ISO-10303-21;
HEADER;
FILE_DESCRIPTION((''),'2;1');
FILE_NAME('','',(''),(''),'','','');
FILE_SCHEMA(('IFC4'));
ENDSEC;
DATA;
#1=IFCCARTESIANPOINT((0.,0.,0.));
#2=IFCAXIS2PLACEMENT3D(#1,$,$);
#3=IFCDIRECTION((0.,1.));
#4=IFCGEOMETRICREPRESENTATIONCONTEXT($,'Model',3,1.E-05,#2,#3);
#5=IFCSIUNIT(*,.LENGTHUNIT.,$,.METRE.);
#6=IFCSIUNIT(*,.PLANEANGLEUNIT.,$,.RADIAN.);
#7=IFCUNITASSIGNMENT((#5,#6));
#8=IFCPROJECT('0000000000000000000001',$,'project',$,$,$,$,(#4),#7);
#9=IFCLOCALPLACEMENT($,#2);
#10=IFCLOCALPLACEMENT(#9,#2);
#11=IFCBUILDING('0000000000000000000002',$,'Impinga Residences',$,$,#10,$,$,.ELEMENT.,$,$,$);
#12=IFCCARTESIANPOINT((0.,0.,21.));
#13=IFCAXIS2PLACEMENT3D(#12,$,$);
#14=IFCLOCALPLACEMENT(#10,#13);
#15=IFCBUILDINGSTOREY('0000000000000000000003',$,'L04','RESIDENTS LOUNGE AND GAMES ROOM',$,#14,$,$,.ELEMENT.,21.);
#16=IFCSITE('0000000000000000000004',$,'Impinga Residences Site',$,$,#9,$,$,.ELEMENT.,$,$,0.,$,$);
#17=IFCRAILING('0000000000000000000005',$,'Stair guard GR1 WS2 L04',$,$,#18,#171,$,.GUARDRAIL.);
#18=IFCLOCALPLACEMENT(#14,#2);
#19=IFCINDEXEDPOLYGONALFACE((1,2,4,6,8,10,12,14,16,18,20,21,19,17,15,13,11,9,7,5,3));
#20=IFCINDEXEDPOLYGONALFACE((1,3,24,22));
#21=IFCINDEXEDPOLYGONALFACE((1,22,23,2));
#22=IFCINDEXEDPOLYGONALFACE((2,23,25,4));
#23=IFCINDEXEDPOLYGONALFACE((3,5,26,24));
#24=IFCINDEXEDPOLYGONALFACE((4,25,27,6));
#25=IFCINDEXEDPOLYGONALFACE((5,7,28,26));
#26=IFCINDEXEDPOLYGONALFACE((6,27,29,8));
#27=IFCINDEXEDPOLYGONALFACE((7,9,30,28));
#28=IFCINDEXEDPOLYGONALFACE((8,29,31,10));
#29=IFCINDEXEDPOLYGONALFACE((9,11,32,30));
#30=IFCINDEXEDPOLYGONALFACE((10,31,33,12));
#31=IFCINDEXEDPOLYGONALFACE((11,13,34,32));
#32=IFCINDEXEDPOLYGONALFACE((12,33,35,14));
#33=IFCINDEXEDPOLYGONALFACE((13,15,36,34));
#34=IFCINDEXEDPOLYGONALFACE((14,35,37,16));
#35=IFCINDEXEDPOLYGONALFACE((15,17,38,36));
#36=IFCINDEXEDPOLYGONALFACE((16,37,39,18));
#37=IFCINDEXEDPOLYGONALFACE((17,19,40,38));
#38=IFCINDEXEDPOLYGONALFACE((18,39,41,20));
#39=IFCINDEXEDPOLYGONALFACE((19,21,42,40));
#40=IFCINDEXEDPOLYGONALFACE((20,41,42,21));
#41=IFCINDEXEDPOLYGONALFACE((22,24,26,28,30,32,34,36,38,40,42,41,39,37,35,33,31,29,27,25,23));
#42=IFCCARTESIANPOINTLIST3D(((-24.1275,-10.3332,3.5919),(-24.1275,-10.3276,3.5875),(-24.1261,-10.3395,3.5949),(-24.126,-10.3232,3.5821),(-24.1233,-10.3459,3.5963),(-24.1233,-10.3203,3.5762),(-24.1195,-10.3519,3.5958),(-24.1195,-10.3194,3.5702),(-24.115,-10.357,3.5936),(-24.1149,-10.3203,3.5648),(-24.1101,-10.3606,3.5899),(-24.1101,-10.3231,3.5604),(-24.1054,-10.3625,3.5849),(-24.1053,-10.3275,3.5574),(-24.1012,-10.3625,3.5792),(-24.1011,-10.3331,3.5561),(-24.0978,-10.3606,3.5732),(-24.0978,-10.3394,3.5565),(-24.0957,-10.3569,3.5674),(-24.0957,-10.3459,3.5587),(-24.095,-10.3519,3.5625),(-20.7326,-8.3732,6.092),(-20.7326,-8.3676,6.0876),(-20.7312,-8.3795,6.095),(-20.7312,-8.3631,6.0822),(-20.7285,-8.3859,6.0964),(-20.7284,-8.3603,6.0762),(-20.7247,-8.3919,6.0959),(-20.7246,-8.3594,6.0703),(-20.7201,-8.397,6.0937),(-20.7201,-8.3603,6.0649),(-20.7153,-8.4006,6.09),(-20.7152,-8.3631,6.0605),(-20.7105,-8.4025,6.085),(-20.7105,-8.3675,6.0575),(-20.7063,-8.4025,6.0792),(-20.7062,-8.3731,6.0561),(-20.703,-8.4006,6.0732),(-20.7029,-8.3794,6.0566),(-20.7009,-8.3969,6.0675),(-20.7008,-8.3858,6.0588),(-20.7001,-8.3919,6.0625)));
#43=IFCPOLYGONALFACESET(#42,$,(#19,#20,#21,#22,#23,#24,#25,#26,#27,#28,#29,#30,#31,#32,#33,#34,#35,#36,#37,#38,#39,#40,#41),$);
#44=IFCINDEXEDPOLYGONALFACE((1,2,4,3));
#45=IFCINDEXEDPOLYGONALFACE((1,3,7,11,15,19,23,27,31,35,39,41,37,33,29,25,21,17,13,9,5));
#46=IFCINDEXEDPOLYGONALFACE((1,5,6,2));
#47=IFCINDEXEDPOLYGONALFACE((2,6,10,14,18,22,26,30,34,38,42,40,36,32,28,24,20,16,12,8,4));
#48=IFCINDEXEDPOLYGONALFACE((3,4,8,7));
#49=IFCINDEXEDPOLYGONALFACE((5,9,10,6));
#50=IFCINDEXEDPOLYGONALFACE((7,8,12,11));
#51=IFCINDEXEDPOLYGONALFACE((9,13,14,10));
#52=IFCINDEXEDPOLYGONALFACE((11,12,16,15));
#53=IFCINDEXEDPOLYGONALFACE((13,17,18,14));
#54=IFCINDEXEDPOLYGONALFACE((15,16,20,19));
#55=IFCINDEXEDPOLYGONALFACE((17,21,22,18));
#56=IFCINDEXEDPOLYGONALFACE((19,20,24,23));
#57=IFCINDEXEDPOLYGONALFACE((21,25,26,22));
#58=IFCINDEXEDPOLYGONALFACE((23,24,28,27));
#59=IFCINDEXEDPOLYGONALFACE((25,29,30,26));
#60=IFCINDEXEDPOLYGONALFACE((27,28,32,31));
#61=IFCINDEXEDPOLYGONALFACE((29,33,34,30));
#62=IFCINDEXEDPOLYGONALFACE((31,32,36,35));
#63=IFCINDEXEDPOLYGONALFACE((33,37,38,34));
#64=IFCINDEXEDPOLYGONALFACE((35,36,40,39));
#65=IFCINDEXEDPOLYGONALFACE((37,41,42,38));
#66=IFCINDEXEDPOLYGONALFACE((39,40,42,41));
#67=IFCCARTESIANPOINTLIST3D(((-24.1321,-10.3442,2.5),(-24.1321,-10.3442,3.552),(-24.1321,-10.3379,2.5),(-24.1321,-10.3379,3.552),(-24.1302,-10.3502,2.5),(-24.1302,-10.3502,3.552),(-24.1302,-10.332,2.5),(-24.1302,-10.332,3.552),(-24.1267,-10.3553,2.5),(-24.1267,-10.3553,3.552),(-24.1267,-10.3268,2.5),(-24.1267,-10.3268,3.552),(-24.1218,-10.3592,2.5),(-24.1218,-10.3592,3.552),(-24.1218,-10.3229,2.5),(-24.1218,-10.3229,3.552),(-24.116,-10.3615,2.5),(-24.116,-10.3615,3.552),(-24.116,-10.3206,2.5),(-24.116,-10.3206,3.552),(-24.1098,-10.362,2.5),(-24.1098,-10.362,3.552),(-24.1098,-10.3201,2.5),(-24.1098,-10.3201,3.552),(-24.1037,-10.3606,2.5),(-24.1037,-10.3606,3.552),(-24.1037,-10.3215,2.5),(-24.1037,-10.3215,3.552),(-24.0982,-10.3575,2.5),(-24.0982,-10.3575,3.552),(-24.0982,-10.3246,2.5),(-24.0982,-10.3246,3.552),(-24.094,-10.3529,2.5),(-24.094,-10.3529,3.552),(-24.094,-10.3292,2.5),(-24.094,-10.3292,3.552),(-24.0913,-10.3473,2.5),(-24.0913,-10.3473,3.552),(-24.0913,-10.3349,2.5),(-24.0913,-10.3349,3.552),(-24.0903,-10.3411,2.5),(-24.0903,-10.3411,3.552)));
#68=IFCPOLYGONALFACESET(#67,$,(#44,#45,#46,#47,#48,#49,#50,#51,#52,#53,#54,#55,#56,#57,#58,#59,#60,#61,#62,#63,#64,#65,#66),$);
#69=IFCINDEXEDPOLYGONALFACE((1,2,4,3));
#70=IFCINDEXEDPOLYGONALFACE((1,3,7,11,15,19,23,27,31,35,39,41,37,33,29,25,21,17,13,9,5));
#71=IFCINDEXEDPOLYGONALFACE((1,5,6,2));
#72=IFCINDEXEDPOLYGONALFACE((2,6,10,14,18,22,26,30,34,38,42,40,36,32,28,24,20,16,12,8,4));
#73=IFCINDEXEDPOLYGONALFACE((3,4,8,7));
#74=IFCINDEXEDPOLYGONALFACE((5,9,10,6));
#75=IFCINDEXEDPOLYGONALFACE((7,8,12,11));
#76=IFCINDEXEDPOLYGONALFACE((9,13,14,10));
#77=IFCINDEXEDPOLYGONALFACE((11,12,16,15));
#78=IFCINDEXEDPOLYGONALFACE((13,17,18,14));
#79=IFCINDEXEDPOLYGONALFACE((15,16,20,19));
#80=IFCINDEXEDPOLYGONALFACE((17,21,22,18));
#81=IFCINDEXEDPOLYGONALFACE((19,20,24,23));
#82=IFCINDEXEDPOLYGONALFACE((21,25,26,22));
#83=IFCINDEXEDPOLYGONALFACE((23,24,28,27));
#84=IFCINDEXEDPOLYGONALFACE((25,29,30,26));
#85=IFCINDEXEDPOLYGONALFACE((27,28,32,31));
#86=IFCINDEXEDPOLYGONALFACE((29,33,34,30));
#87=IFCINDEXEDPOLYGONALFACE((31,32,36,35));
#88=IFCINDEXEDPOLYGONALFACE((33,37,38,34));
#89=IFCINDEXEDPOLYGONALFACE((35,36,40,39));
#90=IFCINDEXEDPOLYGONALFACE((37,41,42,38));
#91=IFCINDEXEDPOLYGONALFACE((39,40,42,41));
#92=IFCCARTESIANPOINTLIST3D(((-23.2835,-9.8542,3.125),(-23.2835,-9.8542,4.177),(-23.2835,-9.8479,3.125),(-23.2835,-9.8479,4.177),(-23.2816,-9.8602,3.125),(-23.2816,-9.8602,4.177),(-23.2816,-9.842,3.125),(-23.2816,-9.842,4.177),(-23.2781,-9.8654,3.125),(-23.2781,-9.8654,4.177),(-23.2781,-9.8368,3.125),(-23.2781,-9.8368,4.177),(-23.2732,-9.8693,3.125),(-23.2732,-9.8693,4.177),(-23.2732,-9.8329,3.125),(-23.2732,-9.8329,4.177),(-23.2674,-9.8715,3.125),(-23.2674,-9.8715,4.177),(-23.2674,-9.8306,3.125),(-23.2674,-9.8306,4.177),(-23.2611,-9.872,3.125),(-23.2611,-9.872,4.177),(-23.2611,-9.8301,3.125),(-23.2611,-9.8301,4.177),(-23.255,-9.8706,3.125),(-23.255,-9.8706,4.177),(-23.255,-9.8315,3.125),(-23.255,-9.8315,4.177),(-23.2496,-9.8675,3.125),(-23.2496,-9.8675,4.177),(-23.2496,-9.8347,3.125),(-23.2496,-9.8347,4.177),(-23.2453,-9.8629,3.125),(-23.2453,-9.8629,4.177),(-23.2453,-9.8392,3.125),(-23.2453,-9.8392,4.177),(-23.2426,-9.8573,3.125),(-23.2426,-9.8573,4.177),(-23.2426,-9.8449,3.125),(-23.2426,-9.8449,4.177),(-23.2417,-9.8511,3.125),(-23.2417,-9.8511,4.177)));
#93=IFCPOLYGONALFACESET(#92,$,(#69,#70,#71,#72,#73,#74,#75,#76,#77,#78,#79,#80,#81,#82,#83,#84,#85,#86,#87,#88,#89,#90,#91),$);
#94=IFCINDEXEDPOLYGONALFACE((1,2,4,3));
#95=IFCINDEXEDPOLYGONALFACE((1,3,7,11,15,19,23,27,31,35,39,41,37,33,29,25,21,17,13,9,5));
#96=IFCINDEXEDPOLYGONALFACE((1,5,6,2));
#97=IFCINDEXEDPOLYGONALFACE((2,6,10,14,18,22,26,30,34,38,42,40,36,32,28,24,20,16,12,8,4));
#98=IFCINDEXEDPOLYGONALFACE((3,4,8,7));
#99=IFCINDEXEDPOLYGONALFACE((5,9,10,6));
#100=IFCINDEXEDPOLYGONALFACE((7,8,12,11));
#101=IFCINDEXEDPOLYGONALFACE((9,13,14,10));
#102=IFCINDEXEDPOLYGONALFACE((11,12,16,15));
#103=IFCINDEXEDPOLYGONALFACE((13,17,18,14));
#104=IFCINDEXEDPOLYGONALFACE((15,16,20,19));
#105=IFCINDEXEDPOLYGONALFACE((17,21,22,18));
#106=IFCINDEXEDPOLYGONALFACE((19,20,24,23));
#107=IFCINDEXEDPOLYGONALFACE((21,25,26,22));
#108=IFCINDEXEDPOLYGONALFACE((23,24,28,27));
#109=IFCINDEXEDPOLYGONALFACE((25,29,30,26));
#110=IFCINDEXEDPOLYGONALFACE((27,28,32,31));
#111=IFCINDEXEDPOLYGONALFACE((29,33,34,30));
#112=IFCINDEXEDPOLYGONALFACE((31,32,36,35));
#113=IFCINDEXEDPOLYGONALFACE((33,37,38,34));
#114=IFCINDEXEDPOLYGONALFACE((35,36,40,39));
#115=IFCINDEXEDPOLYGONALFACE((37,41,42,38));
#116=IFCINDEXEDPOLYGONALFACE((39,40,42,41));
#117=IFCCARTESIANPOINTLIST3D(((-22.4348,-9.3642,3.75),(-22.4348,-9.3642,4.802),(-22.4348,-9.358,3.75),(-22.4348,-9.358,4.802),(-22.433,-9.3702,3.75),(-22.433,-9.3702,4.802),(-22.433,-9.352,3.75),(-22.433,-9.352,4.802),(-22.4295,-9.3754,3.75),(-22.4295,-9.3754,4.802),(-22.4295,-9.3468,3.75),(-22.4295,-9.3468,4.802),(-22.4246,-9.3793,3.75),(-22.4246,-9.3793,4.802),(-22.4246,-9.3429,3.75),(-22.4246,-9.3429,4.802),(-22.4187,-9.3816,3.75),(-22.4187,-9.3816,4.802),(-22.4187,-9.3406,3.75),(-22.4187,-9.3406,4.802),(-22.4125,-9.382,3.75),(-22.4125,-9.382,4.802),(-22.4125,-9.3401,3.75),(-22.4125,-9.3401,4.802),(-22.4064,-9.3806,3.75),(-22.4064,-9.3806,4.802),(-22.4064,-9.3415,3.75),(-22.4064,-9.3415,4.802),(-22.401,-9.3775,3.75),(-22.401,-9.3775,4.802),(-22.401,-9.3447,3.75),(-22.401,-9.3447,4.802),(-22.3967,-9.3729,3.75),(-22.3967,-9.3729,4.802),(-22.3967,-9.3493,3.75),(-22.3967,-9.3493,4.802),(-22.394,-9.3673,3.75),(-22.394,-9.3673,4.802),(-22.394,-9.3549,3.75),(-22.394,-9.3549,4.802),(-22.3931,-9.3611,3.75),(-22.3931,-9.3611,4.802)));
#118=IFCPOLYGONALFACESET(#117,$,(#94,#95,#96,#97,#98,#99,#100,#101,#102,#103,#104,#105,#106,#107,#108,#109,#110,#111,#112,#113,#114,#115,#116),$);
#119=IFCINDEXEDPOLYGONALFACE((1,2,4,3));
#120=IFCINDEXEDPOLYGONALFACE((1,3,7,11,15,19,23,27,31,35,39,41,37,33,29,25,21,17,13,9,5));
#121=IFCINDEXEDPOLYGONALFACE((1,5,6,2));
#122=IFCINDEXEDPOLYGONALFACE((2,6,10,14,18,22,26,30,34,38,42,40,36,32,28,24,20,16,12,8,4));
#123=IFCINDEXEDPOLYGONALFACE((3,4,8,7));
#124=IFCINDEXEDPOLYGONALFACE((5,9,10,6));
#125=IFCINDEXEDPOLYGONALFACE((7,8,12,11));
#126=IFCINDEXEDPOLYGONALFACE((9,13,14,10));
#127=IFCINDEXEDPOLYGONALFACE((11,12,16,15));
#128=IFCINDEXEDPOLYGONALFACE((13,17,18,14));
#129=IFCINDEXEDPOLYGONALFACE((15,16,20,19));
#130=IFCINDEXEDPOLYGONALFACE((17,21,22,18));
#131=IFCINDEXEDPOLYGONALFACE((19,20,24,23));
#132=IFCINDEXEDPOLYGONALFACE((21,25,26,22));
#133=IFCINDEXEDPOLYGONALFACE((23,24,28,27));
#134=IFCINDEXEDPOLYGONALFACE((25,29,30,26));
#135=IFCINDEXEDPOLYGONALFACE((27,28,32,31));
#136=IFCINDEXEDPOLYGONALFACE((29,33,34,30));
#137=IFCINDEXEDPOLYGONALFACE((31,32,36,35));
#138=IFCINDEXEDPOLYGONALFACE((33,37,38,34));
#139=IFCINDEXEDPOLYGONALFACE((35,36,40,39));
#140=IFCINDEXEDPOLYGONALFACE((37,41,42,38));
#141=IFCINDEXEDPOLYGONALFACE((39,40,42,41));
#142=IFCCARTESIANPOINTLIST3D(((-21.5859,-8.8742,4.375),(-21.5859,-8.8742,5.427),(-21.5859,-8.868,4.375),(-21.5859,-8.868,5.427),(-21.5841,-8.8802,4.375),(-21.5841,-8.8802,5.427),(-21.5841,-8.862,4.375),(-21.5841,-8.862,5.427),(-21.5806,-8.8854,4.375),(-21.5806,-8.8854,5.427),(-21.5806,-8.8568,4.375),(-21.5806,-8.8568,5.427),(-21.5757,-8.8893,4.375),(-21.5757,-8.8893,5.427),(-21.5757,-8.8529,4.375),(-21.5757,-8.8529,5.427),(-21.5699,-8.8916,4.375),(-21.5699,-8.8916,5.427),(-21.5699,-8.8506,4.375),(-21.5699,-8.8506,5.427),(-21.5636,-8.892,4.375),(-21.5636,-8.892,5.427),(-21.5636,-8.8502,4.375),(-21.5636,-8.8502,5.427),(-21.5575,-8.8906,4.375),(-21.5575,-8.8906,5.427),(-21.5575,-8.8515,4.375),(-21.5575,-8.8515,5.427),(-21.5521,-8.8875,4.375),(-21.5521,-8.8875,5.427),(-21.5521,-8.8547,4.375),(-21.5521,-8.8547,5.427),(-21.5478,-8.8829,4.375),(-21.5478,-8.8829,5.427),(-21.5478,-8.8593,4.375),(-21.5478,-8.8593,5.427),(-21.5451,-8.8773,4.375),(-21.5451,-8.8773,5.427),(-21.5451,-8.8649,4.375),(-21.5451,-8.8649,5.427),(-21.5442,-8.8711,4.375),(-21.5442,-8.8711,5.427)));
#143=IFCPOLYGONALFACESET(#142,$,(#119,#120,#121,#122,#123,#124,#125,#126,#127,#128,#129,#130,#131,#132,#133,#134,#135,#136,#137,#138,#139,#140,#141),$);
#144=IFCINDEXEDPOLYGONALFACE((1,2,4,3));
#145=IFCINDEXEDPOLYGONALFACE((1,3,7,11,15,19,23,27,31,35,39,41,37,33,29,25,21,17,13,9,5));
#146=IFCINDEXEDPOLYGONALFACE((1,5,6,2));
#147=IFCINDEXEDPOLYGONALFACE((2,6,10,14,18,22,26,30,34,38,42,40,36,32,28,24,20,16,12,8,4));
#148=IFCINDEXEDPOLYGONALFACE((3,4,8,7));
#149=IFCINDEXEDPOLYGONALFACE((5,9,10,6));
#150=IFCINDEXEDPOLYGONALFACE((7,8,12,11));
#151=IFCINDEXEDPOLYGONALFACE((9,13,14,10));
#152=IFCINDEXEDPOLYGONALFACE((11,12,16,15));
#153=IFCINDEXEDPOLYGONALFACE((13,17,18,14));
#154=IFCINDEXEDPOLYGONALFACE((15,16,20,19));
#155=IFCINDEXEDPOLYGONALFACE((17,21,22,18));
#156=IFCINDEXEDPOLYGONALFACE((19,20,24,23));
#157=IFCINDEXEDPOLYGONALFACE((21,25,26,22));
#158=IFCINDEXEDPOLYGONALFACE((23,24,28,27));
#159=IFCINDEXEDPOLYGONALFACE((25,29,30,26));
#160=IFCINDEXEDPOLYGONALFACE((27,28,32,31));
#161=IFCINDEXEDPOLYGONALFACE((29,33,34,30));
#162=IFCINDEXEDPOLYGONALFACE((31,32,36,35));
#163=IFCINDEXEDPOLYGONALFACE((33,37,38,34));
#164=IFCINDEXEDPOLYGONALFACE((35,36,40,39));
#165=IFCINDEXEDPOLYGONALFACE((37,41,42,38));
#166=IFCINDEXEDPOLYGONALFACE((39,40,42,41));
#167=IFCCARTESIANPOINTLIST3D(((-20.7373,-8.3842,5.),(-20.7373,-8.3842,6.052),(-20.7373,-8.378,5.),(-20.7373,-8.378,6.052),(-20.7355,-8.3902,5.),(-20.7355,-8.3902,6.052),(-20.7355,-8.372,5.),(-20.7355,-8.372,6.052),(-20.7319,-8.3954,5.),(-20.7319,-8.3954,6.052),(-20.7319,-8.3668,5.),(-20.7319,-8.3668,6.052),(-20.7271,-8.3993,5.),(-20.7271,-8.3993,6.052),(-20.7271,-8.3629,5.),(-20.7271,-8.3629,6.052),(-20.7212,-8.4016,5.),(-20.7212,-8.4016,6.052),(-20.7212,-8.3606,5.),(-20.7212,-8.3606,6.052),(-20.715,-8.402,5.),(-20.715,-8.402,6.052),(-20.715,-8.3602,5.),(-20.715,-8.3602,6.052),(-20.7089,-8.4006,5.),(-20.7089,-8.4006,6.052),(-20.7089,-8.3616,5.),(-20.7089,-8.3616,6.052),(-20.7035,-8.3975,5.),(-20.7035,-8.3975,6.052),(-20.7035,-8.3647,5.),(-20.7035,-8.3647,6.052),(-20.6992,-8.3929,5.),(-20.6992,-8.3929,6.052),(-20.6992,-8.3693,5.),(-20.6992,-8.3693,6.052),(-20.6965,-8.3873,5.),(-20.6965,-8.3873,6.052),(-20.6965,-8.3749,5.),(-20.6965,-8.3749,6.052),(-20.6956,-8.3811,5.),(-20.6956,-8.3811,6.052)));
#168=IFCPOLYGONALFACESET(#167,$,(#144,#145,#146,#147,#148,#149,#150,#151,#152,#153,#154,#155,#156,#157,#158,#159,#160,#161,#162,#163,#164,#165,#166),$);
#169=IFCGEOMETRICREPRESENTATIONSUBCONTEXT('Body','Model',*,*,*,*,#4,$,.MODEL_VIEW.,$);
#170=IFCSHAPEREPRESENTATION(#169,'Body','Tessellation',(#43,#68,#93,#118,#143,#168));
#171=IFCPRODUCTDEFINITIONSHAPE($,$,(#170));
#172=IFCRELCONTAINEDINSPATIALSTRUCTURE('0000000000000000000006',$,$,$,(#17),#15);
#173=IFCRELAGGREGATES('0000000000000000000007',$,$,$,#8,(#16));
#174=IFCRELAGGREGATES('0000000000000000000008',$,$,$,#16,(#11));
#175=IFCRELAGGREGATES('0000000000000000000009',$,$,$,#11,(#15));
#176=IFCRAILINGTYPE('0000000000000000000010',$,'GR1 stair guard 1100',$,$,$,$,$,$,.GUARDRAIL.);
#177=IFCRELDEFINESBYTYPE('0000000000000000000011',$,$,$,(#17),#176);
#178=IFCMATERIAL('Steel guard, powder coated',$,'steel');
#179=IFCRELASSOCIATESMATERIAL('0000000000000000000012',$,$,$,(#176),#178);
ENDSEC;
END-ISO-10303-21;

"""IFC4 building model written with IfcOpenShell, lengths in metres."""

from ifc_helpers import new_model, si_unit, direction, frame, origin, origin_2d, place, context, subcontext, project, spatial, circle, extrude, material, type_object, element, save


model = new_model("IFC4")

# Units and contexts
model_context = context("Model", 3, precision=1e-05, world=origin(), true_north=direction((0.0, 1.0)))
body_context = subcontext(model_context, "Body", "Model", "MODEL_VIEW")
ifc_project = project(units=[si_unit("LENGTHUNIT", "METRE"), si_unit("PLANEANGLEUNIT", "RADIAN")], contexts=[model_context])

# Site, building, storey
site_placement = place(None, origin())
site = spatial("IfcSite", under=ifc_project, at=site_placement, Name="Impinga Residences Site", CompositionType="ELEMENT", RefElevation=0.0)
building_placement = place(site_placement, origin())
building = spatial("IfcBuilding", under=site, at=building_placement, Name="Impinga Residences", CompositionType="ELEMENT")
storey_placement = place(building_placement, frame((0.0, 0.0, 21.0)))
storey = spatial("IfcBuildingStorey", under=building, at=storey_placement, Name="L04", Description="RESIDENTS LOUNGE AND GAMES ROOM", CompositionType="ELEMENT", Elevation=21.0)

# Railing
ifc_material_1 = material(Name="Steel guard, powder coated", Category="steel")
railing_type_1 = type_object("IfcRailingType", Name="GR1 stair guard 1100", PredefinedType="GUARDRAIL", material=ifc_material_1)
railing_1_placement = place(storey_placement, frame((-24.1113, -10.3411, 2.5)))
element("IfcRailing", 1, at=railing_1_placement, inside=storey, type_object=railing_type_1, Name="Stair guard GR1 WS2 L04", PredefinedType="GUARDRAIL", context=body_context, shape_type="SweptSolid", body=[
    extrude(circle(Radius=0.0239, at=origin_2d()), frame((0.0, 0.0, 1.0762), z_axis=(0.73017, 0.421561, 0.537716), x_axis=(-0.499997, 0.866027, 0.0)), (0.0, 0.0, 1.0), 4.6494),
    extrude(circle(Radius=0.021, at=origin_2d()), origin(), (0.0, 0.0, 1.0), 1.052),
    extrude(circle(Radius=0.021, at=origin_2d()), frame((0.8486, 0.49, 0.625)), (0.0, 0.0, 1.0), 1.052),
    extrude(circle(Radius=0.021, at=origin_2d()), frame((1.6973, 0.98, 1.25)), (0.0, 0.0, 1.0), 1.052),
    extrude(circle(Radius=0.021, at=origin_2d()), frame((2.5461, 1.47, 1.875)), (0.0, 0.0, 1.0), 1.052),
    extrude(circle(Radius=0.021, at=origin_2d()), frame((3.3948, 1.96, 2.5)), (0.0, 0.0, 1.0), 1.052),
])

save(model, "model.ifc")
